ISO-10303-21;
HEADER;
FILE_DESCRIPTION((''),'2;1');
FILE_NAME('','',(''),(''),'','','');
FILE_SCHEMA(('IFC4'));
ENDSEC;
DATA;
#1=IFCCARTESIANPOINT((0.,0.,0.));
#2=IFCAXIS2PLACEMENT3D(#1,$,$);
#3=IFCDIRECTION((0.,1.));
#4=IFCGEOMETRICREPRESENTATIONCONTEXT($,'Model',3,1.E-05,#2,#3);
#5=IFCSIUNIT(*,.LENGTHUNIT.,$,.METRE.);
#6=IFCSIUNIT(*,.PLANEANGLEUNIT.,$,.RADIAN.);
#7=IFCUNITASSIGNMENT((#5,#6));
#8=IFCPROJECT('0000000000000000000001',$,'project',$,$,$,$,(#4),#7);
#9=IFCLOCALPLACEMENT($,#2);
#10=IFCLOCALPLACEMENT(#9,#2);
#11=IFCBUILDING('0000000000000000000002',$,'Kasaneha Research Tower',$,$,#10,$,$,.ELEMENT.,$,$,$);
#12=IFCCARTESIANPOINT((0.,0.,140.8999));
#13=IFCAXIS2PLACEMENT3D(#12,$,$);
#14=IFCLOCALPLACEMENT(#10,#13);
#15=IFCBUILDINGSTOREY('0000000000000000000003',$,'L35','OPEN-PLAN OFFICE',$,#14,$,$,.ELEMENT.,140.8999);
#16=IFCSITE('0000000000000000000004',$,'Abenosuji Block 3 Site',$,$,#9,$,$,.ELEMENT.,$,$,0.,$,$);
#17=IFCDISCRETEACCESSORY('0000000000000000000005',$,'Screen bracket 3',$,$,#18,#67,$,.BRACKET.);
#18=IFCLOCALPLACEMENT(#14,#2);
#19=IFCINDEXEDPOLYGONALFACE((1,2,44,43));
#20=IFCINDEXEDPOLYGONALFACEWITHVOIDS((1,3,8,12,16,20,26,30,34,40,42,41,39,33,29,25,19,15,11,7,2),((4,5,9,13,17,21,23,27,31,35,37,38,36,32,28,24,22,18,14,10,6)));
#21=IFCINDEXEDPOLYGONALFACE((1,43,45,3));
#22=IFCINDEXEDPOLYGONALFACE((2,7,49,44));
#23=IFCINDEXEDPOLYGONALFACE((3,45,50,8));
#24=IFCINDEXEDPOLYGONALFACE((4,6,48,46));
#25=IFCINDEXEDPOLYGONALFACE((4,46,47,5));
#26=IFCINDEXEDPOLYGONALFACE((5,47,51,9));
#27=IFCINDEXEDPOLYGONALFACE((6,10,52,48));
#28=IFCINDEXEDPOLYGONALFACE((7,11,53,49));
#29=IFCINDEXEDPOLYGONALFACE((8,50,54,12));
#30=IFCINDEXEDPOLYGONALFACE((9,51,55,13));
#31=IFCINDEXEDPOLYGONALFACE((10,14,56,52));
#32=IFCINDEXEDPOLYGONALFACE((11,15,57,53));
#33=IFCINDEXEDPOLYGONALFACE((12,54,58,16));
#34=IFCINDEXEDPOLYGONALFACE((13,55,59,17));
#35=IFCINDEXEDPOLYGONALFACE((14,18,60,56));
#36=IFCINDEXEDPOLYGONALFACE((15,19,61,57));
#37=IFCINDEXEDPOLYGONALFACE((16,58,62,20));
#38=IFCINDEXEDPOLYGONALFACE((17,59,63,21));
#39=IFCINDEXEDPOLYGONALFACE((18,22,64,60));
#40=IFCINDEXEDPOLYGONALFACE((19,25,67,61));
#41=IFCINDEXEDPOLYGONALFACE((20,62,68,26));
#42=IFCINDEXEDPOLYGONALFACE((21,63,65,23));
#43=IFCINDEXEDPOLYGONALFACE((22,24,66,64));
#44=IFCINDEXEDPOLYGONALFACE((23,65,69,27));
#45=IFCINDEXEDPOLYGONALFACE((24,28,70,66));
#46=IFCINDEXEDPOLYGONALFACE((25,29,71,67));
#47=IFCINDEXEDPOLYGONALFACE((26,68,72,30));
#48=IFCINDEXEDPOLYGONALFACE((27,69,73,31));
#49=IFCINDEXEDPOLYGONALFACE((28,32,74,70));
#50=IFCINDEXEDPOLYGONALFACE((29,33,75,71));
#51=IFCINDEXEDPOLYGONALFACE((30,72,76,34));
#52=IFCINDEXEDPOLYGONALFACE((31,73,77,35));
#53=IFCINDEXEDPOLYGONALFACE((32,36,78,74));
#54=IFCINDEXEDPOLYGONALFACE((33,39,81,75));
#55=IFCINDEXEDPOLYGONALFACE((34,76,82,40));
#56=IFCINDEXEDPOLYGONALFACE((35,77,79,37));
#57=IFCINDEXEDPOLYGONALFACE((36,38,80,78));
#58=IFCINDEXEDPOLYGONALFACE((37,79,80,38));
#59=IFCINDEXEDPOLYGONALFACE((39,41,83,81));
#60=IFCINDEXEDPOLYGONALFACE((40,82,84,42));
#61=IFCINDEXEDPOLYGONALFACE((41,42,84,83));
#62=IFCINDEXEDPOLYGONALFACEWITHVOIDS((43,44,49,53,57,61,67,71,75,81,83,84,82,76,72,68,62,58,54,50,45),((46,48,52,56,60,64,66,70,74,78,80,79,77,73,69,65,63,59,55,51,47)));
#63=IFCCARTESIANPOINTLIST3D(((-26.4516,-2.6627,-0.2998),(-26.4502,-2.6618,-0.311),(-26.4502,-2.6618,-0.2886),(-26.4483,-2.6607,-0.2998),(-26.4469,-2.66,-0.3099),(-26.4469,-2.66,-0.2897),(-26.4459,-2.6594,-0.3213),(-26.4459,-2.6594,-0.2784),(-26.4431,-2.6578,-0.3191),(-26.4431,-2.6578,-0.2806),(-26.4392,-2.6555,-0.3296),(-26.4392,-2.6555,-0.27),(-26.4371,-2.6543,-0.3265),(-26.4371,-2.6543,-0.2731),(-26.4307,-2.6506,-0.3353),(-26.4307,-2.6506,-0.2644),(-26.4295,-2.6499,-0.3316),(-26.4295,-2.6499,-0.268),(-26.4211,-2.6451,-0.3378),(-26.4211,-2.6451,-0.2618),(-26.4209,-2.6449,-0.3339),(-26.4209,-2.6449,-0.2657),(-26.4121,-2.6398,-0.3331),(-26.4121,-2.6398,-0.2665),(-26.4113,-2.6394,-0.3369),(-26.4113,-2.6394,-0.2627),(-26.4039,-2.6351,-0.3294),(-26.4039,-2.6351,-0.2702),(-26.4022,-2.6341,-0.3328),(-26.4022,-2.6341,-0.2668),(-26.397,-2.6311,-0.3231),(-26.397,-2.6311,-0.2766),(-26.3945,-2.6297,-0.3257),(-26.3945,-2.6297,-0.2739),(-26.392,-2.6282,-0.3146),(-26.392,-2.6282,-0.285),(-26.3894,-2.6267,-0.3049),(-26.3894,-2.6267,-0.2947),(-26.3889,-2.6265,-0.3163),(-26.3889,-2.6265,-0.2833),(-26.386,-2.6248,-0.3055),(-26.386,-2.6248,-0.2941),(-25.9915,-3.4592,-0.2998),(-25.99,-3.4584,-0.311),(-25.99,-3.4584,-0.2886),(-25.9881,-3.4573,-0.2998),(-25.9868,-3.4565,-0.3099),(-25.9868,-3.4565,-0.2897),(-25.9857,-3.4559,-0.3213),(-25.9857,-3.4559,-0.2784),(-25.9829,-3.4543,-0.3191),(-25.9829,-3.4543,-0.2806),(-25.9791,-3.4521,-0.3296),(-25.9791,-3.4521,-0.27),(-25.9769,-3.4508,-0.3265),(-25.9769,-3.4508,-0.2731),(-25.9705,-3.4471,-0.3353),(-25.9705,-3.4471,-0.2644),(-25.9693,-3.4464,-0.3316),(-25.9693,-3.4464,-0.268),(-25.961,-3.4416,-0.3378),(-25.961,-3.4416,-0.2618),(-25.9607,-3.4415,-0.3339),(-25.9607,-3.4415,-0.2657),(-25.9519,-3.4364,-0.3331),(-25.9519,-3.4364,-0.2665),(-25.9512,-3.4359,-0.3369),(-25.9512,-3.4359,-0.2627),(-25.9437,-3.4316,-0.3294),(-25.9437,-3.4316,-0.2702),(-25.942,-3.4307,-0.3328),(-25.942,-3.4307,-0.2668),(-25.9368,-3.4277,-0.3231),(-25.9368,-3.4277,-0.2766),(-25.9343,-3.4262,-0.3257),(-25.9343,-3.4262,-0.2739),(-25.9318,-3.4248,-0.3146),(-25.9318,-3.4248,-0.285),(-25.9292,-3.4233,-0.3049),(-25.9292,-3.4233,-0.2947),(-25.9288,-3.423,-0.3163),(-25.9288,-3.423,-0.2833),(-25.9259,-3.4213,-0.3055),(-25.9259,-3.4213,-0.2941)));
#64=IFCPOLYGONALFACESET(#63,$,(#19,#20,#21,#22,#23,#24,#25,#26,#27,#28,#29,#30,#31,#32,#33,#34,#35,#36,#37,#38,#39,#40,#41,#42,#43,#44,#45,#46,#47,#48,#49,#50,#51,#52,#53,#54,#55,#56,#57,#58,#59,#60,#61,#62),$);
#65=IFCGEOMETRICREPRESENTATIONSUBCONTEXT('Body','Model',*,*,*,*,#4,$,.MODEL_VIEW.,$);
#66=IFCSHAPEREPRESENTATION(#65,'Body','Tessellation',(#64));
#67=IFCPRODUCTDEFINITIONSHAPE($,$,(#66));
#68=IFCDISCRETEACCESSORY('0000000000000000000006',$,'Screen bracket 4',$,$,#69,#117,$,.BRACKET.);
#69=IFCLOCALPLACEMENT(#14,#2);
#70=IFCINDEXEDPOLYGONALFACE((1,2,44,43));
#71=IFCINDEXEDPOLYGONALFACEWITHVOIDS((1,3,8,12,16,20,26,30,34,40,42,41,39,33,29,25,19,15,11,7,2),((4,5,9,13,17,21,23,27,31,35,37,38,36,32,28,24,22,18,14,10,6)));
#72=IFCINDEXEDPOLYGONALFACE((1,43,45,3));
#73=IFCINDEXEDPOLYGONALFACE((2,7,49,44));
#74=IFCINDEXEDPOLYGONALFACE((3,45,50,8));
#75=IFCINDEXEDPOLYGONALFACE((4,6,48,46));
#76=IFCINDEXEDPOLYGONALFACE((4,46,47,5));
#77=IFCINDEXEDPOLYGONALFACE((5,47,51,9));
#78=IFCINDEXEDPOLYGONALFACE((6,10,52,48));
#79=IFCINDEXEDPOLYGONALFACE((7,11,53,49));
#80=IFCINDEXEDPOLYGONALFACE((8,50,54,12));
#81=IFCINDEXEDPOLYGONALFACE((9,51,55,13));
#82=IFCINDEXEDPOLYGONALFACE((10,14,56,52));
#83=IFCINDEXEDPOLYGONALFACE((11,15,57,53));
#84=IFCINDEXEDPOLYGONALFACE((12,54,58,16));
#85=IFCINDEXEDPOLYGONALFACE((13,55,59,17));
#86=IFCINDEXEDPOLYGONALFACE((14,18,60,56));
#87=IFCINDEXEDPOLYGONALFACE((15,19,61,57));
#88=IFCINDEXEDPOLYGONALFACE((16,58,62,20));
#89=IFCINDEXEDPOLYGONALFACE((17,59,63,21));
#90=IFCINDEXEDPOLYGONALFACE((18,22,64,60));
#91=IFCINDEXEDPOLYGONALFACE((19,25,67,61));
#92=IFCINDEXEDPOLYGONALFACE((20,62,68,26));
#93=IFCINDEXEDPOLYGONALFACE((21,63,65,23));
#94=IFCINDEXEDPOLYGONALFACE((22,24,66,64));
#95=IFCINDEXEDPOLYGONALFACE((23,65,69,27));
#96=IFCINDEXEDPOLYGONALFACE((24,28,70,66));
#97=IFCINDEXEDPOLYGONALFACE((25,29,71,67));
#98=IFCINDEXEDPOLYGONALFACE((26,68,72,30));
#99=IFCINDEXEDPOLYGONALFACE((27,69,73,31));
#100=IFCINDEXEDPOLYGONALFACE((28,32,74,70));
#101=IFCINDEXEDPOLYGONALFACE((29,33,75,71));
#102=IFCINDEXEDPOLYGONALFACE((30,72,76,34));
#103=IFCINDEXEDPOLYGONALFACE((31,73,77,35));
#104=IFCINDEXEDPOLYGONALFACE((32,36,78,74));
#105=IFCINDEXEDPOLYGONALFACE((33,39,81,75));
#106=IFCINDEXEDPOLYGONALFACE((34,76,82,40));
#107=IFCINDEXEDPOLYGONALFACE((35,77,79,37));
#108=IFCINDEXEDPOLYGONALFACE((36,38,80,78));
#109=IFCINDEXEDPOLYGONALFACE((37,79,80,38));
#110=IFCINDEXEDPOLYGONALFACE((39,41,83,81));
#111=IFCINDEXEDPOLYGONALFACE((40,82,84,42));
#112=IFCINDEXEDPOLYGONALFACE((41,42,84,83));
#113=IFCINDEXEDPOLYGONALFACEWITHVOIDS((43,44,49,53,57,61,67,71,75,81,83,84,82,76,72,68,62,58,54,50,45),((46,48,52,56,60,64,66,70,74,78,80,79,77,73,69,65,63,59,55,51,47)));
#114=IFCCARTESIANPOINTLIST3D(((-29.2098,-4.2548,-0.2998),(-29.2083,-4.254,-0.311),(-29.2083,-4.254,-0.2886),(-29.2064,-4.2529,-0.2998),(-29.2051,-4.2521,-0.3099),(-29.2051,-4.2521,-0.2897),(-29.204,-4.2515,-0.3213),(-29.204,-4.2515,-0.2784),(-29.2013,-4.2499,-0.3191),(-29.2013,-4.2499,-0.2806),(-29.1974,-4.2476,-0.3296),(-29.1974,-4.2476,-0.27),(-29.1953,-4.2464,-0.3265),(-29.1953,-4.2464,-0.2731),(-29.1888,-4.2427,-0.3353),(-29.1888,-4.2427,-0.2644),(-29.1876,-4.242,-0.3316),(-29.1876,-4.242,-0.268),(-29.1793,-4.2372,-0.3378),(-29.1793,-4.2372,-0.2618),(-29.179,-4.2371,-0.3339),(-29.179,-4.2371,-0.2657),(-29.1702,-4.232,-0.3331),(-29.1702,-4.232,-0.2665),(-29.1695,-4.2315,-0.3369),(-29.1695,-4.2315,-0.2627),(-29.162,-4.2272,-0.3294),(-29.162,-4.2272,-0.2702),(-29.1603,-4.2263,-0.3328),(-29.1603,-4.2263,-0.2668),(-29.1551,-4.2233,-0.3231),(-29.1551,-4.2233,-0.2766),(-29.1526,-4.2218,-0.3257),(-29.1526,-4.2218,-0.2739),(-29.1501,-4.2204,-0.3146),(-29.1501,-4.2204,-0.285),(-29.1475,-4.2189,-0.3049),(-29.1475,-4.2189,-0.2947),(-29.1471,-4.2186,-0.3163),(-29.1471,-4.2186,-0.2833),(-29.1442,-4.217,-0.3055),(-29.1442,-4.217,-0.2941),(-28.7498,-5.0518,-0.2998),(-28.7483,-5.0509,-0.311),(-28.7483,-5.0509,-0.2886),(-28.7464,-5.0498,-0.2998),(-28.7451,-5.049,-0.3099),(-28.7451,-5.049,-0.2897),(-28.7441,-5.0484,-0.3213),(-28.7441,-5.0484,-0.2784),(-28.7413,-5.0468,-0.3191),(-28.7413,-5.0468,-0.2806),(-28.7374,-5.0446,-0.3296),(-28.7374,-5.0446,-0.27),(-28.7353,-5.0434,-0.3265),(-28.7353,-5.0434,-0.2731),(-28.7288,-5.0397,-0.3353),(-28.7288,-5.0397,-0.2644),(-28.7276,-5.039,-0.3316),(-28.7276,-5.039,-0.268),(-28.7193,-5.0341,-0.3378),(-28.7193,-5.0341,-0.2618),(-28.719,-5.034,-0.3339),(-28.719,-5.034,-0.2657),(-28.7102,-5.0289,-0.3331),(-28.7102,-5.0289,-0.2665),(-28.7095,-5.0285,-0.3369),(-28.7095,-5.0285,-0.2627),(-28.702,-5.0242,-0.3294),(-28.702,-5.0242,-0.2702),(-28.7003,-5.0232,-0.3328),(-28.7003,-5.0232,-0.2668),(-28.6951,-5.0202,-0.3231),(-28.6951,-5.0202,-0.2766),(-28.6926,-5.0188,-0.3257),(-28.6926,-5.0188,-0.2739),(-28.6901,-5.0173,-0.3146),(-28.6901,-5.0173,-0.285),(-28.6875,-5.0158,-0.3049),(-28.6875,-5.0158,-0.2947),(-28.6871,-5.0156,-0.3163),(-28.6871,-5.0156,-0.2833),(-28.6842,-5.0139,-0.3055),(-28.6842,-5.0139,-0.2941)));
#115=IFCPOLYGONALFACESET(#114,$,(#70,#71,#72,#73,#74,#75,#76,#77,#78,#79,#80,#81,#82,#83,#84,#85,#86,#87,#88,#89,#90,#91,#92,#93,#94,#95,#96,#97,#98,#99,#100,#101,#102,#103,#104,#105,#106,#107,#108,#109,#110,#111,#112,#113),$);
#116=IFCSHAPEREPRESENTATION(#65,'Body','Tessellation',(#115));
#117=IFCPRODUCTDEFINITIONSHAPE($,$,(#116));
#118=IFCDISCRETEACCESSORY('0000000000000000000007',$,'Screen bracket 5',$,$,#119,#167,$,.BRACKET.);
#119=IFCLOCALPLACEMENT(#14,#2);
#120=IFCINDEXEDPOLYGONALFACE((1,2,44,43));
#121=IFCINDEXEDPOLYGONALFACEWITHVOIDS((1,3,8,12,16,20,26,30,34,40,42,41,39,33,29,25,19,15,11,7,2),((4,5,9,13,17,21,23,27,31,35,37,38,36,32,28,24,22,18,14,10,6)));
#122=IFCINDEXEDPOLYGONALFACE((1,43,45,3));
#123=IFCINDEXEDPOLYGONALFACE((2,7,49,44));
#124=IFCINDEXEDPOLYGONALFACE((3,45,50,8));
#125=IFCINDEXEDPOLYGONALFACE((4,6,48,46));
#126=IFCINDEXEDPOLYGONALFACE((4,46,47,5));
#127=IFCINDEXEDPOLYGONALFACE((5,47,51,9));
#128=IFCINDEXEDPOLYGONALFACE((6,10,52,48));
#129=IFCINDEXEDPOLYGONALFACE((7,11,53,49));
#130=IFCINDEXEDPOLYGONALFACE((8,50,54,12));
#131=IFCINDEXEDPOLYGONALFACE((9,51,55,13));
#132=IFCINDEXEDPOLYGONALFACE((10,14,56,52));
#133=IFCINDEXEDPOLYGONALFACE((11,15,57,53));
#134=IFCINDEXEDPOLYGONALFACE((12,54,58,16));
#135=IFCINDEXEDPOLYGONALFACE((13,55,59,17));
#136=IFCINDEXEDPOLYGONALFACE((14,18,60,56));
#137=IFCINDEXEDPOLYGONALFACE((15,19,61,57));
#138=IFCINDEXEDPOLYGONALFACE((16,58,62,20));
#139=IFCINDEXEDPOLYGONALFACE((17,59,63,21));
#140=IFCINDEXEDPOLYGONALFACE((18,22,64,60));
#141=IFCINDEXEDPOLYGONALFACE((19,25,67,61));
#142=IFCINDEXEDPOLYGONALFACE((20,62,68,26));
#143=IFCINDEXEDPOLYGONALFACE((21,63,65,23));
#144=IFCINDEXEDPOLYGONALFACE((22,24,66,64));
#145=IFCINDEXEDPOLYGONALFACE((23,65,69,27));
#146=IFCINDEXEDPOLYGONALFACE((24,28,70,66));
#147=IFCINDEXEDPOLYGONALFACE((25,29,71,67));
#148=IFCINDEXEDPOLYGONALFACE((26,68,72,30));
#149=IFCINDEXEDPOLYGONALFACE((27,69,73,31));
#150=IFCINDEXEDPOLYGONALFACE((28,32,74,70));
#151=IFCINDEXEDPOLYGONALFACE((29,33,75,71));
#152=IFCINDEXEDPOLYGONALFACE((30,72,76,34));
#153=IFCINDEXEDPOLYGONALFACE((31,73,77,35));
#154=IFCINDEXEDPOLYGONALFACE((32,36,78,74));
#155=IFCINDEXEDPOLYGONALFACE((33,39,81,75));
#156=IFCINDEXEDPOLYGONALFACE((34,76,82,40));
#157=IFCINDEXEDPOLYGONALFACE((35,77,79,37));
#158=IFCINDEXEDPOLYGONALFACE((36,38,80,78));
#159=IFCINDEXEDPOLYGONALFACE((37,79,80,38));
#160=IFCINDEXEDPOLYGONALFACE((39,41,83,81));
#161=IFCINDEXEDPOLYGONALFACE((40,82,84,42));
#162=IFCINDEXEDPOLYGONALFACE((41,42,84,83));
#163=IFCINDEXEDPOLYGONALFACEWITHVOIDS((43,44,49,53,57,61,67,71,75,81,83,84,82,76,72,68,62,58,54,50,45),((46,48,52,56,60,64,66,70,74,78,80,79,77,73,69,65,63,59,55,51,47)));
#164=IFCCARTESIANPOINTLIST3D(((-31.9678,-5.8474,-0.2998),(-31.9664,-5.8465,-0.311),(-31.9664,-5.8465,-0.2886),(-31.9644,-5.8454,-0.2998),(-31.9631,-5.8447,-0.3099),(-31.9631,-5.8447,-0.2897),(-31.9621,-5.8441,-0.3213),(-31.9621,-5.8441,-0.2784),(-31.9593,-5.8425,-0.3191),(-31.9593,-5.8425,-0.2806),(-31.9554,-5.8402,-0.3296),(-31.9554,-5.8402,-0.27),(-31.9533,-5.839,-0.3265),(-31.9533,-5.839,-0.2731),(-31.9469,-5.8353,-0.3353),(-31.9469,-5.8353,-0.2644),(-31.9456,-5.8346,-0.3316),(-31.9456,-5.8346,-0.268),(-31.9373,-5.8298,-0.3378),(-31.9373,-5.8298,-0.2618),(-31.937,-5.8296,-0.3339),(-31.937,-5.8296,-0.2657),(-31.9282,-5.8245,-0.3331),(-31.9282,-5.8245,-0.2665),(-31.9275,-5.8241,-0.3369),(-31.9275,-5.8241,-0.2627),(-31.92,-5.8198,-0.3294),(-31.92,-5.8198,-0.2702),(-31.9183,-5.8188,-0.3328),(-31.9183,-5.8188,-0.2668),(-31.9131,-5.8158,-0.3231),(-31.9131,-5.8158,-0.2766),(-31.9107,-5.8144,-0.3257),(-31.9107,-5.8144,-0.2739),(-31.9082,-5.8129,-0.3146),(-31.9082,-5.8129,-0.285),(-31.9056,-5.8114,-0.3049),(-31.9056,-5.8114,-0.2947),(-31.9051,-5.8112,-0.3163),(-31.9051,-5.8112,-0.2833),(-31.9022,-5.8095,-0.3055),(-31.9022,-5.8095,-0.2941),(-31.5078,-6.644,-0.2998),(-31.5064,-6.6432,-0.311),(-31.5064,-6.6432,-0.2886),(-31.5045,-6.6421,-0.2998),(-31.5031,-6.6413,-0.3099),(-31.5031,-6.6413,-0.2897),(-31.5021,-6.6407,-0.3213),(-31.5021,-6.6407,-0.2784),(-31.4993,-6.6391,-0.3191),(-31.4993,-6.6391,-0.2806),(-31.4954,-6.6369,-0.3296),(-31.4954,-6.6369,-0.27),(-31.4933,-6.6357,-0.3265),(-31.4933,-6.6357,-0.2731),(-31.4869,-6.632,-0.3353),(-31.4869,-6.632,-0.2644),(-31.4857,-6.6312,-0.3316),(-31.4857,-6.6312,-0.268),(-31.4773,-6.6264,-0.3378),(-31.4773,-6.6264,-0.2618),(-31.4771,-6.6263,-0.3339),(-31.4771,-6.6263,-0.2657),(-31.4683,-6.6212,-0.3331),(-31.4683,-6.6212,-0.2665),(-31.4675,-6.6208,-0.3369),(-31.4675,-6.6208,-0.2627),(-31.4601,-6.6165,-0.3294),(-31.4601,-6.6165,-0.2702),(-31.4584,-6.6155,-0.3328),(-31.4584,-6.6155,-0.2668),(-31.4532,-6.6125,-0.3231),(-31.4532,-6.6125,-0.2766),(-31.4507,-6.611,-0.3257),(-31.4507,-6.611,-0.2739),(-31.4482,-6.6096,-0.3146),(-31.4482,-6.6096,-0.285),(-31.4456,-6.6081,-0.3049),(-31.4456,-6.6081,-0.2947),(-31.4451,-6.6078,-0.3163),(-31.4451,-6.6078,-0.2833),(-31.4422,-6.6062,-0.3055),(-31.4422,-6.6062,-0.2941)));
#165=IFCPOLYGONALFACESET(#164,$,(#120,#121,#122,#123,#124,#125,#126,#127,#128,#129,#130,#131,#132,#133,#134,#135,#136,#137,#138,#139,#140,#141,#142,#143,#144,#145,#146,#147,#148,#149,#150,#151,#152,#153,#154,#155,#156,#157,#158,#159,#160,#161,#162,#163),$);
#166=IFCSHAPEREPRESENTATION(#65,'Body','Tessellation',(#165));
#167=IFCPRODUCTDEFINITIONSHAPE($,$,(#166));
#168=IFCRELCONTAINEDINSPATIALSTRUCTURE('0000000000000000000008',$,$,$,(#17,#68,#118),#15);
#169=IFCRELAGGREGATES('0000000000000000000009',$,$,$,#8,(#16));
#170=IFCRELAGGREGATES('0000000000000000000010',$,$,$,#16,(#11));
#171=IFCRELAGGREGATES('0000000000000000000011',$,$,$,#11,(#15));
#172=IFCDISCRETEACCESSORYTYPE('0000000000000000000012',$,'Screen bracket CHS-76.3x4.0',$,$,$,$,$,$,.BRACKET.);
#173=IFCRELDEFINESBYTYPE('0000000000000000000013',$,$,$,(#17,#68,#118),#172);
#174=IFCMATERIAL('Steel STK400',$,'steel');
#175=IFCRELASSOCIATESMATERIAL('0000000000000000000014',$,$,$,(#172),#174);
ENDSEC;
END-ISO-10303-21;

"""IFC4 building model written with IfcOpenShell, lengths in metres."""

from ifc_helpers import new_model, si_unit, direction, frame, origin, origin_2d, place, context, subcontext, project, spatial, hollow_circle, extrude, material, material_profile, profile_set, type_object, element, save


model = new_model("IFC4")

# Units and contexts
model_context = context("Model", 3, precision=1e-05, world=origin(), true_north=direction((0.0, 1.0)))
body_context = subcontext(model_context, "Body", "Model", "MODEL_VIEW")
ifc_project = project(units=[si_unit("LENGTHUNIT", "METRE"), si_unit("PLANEANGLEUNIT", "RADIAN")], contexts=[model_context])

# Site, building, storey
site_placement = place(None, origin())
site = spatial("IfcSite", under=ifc_project, at=site_placement, Name="Abenosuji Block 3 Site", CompositionType="ELEMENT", RefElevation=0.0)
building_placement = place(site_placement, origin())
building = spatial("IfcBuilding", under=site, at=building_placement, Name="Kasaneha Research Tower", CompositionType="ELEMENT")
storey_placement = place(building_placement, frame((0.0, 0.0, 140.8999)))
storey = spatial("IfcBuildingStorey", under=building, at=storey_placement, Name="L35", Description="OPEN-PLAN OFFICE", CompositionType="ELEMENT", Elevation=140.8999)

# Discrete accessories
ifc_material_1 = material(Name="Steel STK400", Category="steel")
ifc_material_profile_1 = material_profile(ifc_material_1, hollow_circle(Radius=0.0381, WallThickness=0.0039, at=origin_2d()), Name="CHS-76.3x4.0")
ifc_profile_set_1 = profile_set([ifc_material_profile_1], Name="Steel STK400")
discrete_accessory_type = type_object("IfcDiscreteAccessoryType", Name="Screen bracket CHS-76.3x4.0", PredefinedType="BRACKET", material=ifc_profile_set_1)
discrete_accessory_1_placement = place(storey_placement, frame((-25.9585, -3.4402, -0.2998), z_axis=(-0.50022, 0.865898, 0.0), x_axis=(-0.865898, -0.50022, 0.0)))
element("IfcDiscreteAccessory", 1, at=discrete_accessory_1_placement, inside=storey, type_object=discrete_accessory_type, Name="Screen bracket 3", PredefinedType="BRACKET", context=body_context, shape_type="SweptSolid", body=[
    extrude(hollow_circle(Radius=0.0381, WallThickness=0.0039, at=origin_2d()), origin(), (0.0, 0.0, 1.0), 0.9199),
])
discrete_accessory_2_placement = place(storey_placement, frame((-28.7168, -5.0327, -0.2998), z_axis=(-0.499906, 0.86608, 0.0), x_axis=(-0.86608, -0.499906, 0.0)))
element("IfcDiscreteAccessory", 2, at=discrete_accessory_2_placement, inside=storey, type_object=discrete_accessory_type, Name="Screen bracket 4", PredefinedType="BRACKET", context=body_context, shape_type="SweptSolid", body=[
    extrude(hollow_circle(Radius=0.0381, WallThickness=0.0039, at=origin_2d()), origin(), (0.0, 0.0, 1.0), 0.9202),
])
discrete_accessory_3_placement = place(storey_placement, frame((-31.4749, -6.625, -0.2998), z_axis=(-0.500021, 0.866013, 0.0), x_axis=(-0.866013, -0.500021, 0.0)))
element("IfcDiscreteAccessory", 3, at=discrete_accessory_3_placement, inside=storey, type_object=discrete_accessory_type, Name="Screen bracket 5", PredefinedType="BRACKET", context=body_context, shape_type="SweptSolid", body=[
    extrude(hollow_circle(Radius=0.0381, WallThickness=0.0039, at=origin_2d()), origin(), (0.0, 0.0, 1.0), 0.9199),
])

save(model, "model.ifc")
